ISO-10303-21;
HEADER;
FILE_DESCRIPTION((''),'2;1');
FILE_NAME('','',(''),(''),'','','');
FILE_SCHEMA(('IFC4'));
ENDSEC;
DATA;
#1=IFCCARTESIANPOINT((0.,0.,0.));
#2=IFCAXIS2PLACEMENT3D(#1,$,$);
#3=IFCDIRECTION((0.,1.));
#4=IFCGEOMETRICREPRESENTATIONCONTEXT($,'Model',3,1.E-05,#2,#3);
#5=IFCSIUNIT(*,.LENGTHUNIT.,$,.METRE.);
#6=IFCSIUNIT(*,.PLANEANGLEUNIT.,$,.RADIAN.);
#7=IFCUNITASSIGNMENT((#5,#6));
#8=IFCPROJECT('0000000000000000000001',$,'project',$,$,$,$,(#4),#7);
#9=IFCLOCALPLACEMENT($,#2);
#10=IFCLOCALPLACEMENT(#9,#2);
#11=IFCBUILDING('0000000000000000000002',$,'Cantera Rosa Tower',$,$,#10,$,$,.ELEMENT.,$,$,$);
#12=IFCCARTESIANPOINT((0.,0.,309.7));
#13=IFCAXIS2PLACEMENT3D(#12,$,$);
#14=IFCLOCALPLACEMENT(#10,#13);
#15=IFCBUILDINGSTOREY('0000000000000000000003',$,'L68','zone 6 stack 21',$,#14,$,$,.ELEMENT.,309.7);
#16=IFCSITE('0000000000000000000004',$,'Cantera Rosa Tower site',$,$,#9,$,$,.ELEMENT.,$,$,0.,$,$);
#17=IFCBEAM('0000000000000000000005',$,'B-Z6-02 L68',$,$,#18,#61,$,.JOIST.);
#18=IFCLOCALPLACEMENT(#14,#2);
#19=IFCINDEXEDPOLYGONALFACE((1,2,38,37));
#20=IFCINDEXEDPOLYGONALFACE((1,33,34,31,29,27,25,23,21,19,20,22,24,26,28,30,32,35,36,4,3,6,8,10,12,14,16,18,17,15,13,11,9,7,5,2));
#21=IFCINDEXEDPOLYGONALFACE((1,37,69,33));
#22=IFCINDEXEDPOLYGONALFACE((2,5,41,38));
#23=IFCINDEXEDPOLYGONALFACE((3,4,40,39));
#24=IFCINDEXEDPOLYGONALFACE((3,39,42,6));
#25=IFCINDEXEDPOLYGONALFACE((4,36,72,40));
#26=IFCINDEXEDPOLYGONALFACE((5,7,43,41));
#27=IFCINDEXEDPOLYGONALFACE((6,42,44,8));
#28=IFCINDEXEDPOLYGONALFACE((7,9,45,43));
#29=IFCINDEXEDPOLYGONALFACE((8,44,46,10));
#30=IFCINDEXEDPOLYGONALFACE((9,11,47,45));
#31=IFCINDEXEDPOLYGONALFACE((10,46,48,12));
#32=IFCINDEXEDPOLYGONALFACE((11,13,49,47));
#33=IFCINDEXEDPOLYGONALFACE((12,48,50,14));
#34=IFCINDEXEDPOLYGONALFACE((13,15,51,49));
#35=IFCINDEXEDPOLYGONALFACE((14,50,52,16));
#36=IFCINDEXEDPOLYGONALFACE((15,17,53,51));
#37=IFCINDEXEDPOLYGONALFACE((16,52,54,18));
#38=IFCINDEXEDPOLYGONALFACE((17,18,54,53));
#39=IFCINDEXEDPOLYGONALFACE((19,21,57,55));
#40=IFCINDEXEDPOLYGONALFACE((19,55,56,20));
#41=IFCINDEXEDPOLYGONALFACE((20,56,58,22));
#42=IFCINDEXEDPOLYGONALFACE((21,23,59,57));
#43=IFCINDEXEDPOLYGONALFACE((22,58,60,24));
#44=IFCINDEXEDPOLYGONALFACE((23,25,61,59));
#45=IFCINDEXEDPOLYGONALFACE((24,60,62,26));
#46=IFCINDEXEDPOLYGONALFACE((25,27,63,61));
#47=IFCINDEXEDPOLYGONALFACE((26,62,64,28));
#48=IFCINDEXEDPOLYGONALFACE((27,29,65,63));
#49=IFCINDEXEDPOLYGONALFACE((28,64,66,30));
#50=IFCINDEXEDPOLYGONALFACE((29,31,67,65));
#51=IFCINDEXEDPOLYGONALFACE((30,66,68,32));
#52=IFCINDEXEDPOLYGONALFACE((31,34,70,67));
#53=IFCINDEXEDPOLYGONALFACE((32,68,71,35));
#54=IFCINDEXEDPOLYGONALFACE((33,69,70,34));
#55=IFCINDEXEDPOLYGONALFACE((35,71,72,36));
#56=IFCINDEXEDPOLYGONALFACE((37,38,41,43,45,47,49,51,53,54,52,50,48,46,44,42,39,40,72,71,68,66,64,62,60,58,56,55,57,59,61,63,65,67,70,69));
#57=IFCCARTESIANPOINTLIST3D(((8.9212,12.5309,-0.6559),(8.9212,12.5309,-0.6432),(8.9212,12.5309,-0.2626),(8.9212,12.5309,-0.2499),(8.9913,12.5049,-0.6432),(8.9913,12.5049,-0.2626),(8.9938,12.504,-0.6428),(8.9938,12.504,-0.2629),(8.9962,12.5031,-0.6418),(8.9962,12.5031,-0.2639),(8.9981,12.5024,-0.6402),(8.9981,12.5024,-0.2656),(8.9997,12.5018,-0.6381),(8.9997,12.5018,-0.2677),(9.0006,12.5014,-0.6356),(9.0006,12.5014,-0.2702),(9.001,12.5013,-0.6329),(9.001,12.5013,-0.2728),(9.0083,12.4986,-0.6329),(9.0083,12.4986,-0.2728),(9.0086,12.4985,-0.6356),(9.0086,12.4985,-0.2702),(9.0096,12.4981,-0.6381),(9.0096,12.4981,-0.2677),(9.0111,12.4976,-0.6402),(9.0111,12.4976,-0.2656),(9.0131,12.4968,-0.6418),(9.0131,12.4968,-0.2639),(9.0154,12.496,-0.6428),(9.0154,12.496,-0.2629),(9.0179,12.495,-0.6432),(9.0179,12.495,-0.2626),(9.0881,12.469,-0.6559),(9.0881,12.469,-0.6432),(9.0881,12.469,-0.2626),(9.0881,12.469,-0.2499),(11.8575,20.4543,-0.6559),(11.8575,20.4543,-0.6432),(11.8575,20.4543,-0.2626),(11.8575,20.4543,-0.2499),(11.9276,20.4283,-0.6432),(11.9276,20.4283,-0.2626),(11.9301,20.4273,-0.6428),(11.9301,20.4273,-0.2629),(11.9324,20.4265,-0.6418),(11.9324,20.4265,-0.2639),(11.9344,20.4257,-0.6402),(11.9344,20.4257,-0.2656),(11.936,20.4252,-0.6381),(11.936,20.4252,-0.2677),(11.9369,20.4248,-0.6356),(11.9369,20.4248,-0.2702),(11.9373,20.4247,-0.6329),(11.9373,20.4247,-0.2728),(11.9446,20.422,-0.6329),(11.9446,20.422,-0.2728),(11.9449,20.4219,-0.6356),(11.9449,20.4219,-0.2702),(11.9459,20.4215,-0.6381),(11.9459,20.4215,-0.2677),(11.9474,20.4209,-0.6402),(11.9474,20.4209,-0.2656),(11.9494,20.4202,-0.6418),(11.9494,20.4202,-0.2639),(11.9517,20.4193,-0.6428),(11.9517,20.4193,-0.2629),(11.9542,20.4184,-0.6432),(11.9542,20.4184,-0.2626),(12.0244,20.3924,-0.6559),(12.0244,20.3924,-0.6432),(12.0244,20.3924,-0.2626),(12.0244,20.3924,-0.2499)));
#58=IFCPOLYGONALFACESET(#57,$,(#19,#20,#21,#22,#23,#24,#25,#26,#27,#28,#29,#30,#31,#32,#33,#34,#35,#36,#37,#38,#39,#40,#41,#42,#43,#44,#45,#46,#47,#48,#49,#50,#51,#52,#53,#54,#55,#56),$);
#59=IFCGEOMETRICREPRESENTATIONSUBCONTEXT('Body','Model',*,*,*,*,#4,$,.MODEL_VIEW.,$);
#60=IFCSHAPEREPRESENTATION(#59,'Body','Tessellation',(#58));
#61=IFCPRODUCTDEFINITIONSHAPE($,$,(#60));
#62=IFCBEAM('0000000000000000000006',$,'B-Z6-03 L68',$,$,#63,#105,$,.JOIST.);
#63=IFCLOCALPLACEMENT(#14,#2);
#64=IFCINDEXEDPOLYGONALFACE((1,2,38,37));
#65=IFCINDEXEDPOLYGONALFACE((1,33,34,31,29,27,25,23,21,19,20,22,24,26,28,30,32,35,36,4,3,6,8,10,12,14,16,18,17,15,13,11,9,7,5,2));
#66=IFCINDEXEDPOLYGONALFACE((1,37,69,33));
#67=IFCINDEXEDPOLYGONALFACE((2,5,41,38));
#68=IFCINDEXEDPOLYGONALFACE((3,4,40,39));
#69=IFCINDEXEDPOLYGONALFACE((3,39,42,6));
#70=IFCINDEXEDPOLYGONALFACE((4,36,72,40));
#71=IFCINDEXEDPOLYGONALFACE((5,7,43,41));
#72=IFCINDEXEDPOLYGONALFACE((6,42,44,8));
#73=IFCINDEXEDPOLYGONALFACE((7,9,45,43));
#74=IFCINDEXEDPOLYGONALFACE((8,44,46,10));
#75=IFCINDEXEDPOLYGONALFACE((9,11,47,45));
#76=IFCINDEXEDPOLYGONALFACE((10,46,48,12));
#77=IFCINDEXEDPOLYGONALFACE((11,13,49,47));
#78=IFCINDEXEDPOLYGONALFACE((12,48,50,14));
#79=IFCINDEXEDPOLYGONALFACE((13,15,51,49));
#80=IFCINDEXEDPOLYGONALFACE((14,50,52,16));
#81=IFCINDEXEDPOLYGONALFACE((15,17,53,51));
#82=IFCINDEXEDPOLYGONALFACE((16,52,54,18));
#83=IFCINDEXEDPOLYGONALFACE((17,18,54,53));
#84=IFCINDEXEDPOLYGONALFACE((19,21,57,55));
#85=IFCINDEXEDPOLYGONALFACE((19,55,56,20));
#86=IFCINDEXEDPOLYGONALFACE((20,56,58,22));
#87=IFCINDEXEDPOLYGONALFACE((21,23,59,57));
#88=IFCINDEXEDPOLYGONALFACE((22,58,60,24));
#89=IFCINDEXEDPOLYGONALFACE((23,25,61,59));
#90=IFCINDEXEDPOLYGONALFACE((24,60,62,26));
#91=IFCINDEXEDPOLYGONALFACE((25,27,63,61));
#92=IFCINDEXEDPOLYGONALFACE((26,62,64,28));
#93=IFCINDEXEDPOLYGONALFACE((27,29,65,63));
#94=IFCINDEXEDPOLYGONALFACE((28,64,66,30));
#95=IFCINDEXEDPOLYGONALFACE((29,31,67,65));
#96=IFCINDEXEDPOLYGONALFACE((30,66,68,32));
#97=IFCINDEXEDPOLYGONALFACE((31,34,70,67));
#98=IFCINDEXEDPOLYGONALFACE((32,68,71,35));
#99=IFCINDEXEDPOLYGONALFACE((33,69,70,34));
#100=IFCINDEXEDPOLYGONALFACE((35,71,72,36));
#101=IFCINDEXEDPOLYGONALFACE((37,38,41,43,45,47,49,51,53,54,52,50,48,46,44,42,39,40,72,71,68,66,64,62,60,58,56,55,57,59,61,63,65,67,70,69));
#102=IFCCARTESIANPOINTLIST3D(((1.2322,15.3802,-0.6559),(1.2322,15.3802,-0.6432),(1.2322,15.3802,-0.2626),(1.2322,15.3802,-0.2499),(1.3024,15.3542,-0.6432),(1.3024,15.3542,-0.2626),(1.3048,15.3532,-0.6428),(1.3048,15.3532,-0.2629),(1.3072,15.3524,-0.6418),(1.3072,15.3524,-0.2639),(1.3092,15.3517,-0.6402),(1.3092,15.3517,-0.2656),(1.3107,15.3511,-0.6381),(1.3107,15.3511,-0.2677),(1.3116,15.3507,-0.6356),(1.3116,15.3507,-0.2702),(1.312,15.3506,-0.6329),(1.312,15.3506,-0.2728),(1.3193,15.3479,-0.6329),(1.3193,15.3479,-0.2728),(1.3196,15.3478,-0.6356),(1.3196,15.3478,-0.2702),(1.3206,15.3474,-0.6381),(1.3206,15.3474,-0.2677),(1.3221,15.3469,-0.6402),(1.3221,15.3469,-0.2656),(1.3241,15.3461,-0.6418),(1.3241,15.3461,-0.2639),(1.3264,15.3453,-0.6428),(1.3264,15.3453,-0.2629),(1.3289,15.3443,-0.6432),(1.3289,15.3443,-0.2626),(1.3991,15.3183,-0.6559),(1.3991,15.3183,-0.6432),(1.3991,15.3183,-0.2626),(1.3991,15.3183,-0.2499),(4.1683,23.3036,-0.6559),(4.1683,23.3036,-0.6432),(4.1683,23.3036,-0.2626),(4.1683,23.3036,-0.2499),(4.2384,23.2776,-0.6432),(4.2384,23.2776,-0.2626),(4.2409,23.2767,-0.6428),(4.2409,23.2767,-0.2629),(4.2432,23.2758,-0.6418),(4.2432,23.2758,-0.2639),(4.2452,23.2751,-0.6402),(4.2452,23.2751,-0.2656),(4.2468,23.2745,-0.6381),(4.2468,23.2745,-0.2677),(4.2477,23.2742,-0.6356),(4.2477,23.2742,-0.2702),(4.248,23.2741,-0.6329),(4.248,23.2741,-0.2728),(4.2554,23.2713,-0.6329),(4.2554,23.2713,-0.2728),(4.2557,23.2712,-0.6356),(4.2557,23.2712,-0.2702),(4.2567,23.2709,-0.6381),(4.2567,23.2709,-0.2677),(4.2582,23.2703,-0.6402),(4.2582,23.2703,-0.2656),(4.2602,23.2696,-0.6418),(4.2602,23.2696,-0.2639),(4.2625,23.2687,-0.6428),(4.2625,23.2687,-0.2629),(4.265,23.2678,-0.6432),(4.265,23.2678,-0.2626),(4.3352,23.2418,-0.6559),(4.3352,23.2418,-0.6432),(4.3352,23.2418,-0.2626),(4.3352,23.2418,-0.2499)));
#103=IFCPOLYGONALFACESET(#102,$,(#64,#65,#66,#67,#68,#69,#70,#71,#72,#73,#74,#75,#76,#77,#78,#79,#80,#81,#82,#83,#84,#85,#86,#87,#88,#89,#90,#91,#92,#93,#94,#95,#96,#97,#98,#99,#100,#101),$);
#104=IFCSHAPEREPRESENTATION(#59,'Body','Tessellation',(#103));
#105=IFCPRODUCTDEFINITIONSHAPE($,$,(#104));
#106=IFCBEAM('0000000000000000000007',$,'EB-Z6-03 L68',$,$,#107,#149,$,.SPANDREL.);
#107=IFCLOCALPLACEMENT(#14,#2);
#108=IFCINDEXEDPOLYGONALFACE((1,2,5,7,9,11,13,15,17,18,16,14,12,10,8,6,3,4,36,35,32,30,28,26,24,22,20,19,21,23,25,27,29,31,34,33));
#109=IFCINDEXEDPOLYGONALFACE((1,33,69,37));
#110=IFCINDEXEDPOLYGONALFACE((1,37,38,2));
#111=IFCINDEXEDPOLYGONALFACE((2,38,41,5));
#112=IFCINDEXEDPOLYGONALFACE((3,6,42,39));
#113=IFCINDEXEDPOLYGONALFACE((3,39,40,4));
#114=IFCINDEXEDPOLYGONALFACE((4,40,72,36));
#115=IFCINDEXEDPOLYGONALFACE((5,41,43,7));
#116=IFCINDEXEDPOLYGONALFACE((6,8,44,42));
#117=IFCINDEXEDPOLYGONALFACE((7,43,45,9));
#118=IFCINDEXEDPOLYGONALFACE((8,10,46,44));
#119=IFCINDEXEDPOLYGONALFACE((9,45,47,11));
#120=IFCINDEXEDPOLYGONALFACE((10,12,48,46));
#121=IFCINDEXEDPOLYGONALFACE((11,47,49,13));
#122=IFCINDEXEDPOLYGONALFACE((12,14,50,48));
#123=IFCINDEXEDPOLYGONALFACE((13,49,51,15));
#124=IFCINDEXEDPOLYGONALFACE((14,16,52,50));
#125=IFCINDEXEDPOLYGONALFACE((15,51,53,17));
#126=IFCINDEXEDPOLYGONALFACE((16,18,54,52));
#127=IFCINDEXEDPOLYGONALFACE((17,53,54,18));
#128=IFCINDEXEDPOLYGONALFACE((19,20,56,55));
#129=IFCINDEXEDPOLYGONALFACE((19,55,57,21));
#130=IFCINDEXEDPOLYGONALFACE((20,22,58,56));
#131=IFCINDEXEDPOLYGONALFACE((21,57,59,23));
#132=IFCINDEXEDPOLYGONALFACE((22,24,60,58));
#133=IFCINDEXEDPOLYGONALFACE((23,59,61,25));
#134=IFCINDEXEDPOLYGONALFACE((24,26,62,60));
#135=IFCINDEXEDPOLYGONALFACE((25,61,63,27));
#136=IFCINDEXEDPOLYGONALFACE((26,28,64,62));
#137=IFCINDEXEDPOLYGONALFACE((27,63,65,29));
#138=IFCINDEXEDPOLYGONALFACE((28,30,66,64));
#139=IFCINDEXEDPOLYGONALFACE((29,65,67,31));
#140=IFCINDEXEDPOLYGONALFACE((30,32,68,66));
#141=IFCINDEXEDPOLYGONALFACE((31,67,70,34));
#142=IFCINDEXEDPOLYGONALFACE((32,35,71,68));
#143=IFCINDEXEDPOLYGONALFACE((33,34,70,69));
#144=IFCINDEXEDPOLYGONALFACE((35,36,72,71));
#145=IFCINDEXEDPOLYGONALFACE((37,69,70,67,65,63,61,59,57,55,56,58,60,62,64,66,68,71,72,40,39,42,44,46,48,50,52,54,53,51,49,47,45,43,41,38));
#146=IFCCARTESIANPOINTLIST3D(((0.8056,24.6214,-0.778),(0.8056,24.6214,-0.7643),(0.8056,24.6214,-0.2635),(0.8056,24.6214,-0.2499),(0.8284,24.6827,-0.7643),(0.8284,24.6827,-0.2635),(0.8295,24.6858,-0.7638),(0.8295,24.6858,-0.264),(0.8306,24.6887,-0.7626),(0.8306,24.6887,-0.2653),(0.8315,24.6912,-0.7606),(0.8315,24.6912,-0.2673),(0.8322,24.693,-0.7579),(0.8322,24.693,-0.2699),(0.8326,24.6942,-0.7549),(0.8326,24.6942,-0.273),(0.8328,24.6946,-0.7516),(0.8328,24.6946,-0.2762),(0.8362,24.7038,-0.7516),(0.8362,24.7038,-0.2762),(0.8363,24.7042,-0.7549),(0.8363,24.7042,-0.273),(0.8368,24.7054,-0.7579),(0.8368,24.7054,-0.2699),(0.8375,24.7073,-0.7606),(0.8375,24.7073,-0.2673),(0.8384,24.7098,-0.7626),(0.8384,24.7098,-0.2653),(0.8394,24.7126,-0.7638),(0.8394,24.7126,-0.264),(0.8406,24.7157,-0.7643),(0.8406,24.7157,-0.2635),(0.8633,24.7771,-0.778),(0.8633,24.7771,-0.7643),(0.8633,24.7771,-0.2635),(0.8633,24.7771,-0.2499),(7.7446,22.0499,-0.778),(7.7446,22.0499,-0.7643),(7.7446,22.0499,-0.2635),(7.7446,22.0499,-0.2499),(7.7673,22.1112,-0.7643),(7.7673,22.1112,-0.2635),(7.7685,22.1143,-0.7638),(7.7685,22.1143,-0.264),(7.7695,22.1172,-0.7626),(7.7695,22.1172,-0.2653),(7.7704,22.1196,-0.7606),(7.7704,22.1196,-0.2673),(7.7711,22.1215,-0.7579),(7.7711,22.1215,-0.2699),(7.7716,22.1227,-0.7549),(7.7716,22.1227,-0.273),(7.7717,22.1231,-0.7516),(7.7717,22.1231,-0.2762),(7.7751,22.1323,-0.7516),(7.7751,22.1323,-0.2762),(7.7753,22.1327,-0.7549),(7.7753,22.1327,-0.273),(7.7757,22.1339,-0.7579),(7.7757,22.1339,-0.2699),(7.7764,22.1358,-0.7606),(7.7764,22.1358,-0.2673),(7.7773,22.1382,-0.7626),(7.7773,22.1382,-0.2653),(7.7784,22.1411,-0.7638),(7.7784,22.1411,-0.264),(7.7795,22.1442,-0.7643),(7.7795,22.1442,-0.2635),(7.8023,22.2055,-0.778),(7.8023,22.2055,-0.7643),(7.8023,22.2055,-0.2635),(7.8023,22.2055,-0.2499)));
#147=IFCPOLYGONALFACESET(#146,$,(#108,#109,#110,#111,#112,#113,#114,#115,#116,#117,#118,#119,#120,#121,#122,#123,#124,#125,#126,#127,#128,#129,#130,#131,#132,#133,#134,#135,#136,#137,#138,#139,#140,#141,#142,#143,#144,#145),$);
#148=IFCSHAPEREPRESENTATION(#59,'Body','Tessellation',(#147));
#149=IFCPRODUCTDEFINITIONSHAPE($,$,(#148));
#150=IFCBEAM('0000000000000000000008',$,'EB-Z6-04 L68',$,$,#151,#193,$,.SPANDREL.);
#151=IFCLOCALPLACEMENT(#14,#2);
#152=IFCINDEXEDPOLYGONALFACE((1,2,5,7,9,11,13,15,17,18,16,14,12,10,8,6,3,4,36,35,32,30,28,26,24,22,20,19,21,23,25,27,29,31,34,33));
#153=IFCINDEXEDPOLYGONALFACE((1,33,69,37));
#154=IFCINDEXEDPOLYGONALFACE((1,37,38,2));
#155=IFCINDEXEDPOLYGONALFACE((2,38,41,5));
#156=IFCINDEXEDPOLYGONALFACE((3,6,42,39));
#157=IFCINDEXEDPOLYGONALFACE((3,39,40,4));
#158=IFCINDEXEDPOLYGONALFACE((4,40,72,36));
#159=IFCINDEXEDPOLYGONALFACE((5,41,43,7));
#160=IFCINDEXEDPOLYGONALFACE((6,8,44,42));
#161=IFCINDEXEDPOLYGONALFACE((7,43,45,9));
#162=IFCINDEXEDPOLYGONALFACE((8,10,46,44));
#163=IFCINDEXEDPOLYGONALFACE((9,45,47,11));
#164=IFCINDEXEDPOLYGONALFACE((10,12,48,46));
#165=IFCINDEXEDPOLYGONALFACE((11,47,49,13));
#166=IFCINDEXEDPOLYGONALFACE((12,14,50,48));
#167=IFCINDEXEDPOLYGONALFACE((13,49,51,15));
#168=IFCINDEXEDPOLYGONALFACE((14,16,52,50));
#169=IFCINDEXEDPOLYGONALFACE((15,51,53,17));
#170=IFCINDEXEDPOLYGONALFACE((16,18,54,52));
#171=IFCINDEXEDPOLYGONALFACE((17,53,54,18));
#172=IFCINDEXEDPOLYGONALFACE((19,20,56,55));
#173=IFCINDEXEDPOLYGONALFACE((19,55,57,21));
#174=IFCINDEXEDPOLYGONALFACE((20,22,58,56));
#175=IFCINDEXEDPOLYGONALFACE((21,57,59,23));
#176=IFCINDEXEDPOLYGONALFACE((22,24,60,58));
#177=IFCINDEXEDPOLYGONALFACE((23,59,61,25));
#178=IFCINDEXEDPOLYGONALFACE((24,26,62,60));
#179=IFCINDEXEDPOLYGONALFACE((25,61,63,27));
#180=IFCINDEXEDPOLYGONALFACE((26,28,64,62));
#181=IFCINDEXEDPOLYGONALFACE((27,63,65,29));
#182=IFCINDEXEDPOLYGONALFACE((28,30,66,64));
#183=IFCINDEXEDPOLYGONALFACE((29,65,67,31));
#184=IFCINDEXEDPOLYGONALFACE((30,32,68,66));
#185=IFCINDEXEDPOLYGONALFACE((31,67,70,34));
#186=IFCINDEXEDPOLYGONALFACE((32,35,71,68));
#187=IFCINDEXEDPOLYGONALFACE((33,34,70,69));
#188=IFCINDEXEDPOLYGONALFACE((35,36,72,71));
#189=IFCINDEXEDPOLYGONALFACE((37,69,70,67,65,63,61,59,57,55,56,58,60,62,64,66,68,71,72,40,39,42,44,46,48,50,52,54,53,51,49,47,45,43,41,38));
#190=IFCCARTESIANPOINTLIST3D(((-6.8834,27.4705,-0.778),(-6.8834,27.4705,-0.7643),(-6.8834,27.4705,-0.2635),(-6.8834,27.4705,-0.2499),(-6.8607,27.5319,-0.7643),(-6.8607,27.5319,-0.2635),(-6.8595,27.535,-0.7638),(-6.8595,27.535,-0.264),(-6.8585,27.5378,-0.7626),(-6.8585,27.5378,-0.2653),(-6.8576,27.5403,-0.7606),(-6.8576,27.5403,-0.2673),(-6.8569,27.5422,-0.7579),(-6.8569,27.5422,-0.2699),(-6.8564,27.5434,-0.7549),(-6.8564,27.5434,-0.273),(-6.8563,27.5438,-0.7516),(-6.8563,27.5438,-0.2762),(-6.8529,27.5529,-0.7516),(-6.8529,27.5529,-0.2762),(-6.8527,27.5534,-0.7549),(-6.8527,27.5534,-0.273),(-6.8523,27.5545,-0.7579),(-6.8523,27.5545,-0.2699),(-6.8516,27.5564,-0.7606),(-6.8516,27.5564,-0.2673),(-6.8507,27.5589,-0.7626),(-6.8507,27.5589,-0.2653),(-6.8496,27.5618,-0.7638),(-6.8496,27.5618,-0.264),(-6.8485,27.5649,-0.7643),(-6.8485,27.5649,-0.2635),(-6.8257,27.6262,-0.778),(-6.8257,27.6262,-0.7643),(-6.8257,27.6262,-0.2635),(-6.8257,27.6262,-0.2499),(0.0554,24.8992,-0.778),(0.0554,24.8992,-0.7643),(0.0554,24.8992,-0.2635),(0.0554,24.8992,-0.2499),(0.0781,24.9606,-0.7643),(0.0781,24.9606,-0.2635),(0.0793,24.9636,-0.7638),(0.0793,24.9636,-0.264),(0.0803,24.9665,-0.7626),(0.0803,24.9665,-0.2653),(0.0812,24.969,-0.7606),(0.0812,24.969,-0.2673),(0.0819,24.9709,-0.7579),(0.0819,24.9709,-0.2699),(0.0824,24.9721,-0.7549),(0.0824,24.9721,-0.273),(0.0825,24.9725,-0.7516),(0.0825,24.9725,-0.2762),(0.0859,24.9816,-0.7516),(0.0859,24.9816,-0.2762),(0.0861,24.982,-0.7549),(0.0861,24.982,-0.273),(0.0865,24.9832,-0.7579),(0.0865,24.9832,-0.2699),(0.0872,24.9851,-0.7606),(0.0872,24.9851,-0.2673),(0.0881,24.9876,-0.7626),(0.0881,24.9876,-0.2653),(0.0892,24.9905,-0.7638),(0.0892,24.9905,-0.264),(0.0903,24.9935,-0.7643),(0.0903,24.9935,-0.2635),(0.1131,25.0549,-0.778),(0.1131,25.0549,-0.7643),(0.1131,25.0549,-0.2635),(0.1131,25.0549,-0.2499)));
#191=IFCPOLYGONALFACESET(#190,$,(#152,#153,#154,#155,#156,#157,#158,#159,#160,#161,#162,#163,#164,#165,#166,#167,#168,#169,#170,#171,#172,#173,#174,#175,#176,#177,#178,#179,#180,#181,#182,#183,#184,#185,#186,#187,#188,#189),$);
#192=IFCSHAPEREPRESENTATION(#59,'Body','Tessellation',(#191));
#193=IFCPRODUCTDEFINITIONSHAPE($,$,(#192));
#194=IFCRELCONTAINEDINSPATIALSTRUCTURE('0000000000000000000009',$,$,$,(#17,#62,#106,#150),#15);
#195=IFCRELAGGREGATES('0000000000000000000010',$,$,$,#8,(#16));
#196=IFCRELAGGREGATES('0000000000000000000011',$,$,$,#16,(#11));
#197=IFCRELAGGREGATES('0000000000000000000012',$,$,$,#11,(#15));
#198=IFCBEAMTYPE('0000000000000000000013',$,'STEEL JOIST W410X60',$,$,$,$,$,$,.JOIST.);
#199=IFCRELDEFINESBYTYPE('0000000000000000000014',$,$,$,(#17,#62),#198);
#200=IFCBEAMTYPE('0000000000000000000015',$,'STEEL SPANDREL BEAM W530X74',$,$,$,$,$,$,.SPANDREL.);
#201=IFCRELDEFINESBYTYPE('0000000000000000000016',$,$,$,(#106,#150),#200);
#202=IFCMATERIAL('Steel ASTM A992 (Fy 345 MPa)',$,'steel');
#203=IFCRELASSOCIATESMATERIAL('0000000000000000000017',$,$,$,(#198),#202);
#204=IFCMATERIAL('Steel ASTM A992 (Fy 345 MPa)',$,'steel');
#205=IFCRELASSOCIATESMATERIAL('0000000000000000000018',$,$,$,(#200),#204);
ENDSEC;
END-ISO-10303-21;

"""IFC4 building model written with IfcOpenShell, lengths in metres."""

from ifc_helpers import new_model, si_unit, direction, frame, origin, origin_2d, place, context, subcontext, project, spatial, i_section, extrude, material, material_profile, profile_set, type_object, element, save


model = new_model("IFC4")

# Units and contexts
model_context = context("Model", 3, precision=1e-05, world=origin(), true_north=direction((0.0, 1.0)))
body_context = subcontext(model_context, "Body", "Model", "MODEL_VIEW")
ifc_project = project(units=[si_unit("LENGTHUNIT", "METRE"), si_unit("PLANEANGLEUNIT", "RADIAN")], contexts=[model_context])

# Site, building, storey
site_placement = place(None, origin())
site = spatial("IfcSite", under=ifc_project, at=site_placement, Name="Cantera Rosa Tower site", CompositionType="ELEMENT", RefElevation=0.0)
building_placement = place(site_placement, origin())
building = spatial("IfcBuilding", under=site, at=building_placement, Name="Cantera Rosa Tower", CompositionType="ELEMENT")
storey_placement = place(building_placement, frame((0.0, 0.0, 309.7)))
storey = spatial("IfcBuildingStorey", under=building, at=storey_placement, Name="L68", Description="zone 6 stack 21", CompositionType="ELEMENT", Elevation=309.7)

# Beams
ifc_material_1 = material(Name="Steel ASTM A992 (Fy 345 MPa)", Category="steel")
ifc_material_profile_1 = material_profile(ifc_material_1, i_section(OverallWidth=0.178, OverallDepth=0.406, WebThickness=0.0078, FlangeThickness=0.0127, FilletRadius=0.0103, at=origin_2d()), Name="W410X60")
ifc_profile_set_1 = profile_set([ifc_material_profile_1], Name="Steel ASTM A992 (Fy 345 MPa)")
beam_type_1 = type_object("IfcBeamType", Name="STEEL JOIST W410X60", PredefinedType="JOIST", material=ifc_profile_set_1)
for number, where, z_axis, x_axis, name in (
    (1, (11.9409, 20.4233, -0.4529), (-0.347492, -0.937683, 0.0), (0.937683, -0.347492, 0.0), "B-Z6-02 L68"),
    (2, (4.2517, 23.2727, -0.4529), (-0.347467, -0.937692, 0.0), (0.937692, -0.347467, 0.0), "B-Z6-03 L68"),
):
    element("IfcBeam", number, at=place(storey_placement, frame(where, z_axis=z_axis, x_axis=x_axis)), inside=storey, type_object=beam_type_1, Name=name, PredefinedType="JOIST", context=body_context, shape_type="SweptSolid", body=[
        extrude(i_section(OverallWidth=0.178, OverallDepth=0.406, WebThickness=0.0078, FlangeThickness=0.0127, FilletRadius=0.0103, at=origin_2d()), origin(), (0.0, 0.0, 1.0), 8.45),
    ])
ifc_material_2 = material(Name="Steel ASTM A992 (Fy 345 MPa)", Category="steel")
ifc_material_profile_2 = material_profile(ifc_material_2, i_section(OverallWidth=0.166, OverallDepth=0.5281, WebThickness=0.0098, FlangeThickness=0.0137, FilletRadius=0.0127, at=origin_2d()), Name="W530X74")
ifc_profile_set_2 = profile_set([ifc_material_profile_2], Name="Steel ASTM A992 (Fy 345 MPa)")
beam_type_2 = type_object("IfcBeamType", Name="STEEL SPANDREL BEAM W530X74", PredefinedType="SPANDREL", material=ifc_profile_set_2)
beam_1_placement = place(storey_placement, frame((7.7734, 22.1277, -0.5139), z_axis=(-0.937681, 0.347498, 0.0), x_axis=(-0.347498, -0.937681, 0.0)))
element("IfcBeam", 3, at=beam_1_placement, inside=storey, type_object=beam_type_2, Name="EB-Z6-03 L68", PredefinedType="SPANDREL", context=body_context, shape_type="SweptSolid", body=[
    extrude(i_section(OverallWidth=0.166, OverallDepth=0.5281, WebThickness=0.0098, FlangeThickness=0.0137, FilletRadius=0.0127, at=origin_2d()), origin(), (0.0, 0.0, 1.0), 7.4001),
])
beam_2_placement = place(storey_placement, frame((0.0842, 24.9771, -0.5139), z_axis=(-0.937687, 0.34748, 0.0), x_axis=(-0.34748, -0.937687, 0.0)))
element("IfcBeam", 4, at=beam_2_placement, inside=storey, type_object=beam_type_2, Name="EB-Z6-04 L68", PredefinedType="SPANDREL", context=body_context, shape_type="SweptSolid", body=[
    extrude(i_section(OverallWidth=0.166, OverallDepth=0.5281, WebThickness=0.0098, FlangeThickness=0.0137, FilletRadius=0.0127, at=origin_2d()), origin(), (0.0, 0.0, 1.0), 7.3999),
])

save(model, "model.ifc")
